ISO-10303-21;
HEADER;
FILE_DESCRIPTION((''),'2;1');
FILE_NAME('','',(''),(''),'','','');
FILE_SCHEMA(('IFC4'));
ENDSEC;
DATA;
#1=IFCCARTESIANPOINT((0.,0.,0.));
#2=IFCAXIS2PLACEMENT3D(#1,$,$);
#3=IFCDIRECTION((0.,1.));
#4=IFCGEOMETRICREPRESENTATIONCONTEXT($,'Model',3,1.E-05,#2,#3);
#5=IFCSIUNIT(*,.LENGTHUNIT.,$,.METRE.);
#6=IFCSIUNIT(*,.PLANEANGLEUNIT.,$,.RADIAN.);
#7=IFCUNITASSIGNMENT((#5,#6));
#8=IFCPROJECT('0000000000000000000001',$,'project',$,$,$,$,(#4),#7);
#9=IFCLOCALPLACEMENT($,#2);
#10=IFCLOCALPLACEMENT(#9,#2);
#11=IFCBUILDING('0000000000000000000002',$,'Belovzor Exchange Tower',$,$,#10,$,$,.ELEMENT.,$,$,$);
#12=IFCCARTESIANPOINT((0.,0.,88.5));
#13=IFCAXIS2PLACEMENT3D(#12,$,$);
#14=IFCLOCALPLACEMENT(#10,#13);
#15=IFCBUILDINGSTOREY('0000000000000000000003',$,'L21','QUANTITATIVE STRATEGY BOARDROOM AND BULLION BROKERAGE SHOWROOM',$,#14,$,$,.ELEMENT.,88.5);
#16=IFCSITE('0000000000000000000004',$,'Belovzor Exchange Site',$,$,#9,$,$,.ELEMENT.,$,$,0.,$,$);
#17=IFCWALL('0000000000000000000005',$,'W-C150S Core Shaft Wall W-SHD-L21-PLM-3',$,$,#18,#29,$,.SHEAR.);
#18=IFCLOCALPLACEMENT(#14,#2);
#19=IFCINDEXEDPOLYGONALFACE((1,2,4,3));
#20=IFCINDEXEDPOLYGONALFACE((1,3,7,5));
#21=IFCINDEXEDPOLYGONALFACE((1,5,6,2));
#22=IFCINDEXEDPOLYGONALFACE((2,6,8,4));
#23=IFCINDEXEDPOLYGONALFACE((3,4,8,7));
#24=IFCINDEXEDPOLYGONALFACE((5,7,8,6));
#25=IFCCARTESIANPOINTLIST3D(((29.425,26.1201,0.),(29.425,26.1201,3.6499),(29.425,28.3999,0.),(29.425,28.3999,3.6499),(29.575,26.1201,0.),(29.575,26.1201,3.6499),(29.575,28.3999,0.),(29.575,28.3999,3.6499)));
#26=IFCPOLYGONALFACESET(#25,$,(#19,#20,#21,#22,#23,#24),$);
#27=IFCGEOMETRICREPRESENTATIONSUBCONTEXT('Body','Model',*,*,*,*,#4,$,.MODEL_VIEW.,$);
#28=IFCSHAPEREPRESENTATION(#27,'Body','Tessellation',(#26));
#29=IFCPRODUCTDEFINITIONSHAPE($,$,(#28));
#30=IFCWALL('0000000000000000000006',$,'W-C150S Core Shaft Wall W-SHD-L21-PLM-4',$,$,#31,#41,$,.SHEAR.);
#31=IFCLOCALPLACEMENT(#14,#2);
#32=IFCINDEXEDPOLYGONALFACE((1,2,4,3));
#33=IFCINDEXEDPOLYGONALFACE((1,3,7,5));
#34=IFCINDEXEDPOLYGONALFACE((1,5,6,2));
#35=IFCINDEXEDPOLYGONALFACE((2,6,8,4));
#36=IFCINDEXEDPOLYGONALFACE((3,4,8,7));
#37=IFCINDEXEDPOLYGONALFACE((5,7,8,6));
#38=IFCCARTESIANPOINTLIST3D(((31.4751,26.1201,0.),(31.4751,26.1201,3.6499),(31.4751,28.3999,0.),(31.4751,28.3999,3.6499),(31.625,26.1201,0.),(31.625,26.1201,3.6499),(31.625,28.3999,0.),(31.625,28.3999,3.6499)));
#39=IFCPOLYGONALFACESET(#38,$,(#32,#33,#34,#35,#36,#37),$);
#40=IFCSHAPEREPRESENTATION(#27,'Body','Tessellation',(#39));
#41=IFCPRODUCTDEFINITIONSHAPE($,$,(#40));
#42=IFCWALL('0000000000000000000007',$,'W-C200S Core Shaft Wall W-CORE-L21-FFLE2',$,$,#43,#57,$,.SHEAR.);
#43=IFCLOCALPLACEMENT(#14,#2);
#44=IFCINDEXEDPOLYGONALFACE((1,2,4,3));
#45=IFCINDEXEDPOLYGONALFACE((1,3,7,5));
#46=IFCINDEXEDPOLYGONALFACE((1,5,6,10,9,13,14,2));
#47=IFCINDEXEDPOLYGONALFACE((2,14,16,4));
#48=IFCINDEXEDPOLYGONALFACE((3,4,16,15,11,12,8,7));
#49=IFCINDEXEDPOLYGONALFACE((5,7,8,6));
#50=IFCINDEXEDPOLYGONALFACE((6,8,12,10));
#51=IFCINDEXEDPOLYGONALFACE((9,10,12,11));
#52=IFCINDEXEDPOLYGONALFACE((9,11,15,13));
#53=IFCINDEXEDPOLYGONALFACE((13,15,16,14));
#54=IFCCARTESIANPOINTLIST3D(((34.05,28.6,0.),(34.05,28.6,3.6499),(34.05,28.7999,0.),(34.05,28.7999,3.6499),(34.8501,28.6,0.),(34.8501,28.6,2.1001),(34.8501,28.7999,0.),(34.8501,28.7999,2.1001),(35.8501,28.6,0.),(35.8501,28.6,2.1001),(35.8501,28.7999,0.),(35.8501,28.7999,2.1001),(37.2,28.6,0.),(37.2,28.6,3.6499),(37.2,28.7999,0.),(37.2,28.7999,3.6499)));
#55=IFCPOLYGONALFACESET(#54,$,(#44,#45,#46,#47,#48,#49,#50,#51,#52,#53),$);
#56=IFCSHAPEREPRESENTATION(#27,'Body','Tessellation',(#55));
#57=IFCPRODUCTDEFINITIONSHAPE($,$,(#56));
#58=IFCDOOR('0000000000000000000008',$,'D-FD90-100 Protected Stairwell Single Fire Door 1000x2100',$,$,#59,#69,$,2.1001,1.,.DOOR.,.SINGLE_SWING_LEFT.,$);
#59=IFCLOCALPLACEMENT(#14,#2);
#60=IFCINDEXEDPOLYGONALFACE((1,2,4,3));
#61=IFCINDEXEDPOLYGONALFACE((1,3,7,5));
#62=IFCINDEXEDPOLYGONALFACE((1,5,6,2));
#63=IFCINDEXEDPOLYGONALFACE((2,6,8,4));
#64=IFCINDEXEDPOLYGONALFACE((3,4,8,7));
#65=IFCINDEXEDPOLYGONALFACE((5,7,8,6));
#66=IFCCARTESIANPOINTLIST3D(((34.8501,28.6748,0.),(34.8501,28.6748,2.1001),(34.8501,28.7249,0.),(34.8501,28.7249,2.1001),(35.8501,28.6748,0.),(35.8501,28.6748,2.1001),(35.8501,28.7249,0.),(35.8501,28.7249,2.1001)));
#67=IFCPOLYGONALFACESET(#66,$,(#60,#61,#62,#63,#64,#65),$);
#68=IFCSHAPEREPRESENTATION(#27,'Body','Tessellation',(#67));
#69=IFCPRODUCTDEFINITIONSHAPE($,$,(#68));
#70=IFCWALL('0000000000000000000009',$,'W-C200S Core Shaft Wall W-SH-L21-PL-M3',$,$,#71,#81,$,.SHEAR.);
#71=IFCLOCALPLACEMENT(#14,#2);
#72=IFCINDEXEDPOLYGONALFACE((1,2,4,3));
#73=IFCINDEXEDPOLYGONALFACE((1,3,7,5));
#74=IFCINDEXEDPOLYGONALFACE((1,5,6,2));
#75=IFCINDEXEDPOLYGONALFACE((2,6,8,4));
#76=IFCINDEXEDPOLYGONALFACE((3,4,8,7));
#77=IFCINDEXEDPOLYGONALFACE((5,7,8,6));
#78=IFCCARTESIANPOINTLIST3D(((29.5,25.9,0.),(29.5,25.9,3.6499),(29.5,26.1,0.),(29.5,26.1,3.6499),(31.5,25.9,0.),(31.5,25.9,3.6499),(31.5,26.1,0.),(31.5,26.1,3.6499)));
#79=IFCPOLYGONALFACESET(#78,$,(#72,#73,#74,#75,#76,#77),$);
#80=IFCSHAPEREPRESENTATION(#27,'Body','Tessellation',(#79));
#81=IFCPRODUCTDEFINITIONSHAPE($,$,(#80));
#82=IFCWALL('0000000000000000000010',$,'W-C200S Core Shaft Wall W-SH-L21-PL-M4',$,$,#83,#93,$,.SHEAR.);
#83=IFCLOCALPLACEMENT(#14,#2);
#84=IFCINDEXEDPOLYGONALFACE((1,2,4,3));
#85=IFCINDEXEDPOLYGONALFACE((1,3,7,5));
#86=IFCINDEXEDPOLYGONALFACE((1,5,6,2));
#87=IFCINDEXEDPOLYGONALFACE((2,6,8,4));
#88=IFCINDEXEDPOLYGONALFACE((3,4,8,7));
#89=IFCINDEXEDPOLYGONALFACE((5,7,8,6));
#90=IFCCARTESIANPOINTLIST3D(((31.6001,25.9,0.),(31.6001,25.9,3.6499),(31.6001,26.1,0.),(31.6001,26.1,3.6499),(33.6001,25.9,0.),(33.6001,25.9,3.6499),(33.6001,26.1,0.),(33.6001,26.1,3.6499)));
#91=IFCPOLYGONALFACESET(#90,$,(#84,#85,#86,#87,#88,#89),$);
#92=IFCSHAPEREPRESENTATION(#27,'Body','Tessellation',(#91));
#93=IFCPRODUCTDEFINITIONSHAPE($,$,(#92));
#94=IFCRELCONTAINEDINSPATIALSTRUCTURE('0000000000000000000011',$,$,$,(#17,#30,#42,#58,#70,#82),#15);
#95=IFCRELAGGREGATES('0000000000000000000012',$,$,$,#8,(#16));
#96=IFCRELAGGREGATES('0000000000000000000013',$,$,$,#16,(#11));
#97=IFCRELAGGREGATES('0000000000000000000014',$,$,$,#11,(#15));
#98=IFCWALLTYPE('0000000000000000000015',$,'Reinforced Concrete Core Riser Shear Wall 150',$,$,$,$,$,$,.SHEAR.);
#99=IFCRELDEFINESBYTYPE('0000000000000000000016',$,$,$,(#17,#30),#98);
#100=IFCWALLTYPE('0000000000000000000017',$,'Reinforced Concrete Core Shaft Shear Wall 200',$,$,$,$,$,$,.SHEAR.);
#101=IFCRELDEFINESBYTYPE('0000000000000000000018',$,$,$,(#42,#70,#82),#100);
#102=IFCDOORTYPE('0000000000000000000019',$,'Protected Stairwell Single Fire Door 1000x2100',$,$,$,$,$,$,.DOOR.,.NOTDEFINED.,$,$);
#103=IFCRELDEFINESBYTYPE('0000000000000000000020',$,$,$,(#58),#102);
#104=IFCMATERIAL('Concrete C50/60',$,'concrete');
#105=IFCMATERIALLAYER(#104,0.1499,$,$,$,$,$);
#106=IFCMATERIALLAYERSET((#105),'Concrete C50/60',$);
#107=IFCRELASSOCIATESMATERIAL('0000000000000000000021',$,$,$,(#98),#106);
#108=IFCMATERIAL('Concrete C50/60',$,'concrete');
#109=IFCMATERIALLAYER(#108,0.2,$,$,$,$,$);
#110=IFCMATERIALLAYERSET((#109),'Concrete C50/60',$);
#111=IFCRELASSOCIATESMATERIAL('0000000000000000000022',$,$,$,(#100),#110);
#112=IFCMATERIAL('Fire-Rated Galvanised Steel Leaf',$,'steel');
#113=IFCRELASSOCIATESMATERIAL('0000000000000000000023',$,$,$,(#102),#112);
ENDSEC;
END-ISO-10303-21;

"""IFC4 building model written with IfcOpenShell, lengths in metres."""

from ifc_helpers import new_model, si_unit, direction, frame, frame_2d, origin, place, context, subcontext, project, spatial, rectangle, extrude, material, layer, layer_set, type_object, element, fill, save


model = new_model("IFC4")

# Units and contexts
model_context = context("Model", 3, precision=1e-05, world=origin(), true_north=direction((0.0, 1.0)))
body_context = subcontext(model_context, "Body", "Model", "MODEL_VIEW")
ifc_project = project(units=[si_unit("LENGTHUNIT", "METRE"), si_unit("PLANEANGLEUNIT", "RADIAN")], contexts=[model_context])

# Site, building, storey
site_placement = place(None, origin())
site = spatial("IfcSite", under=ifc_project, at=site_placement, Name="Belovzor Exchange Site", CompositionType="ELEMENT", RefElevation=0.0)
building_placement = place(site_placement, origin())
building = spatial("IfcBuilding", under=site, at=building_placement, Name="Belovzor Exchange Tower", CompositionType="ELEMENT")
storey_placement = place(building_placement, frame((0.0, 0.0, 88.5)))
storey = spatial("IfcBuildingStorey", under=building, at=storey_placement, Name="L21", Description="QUANTITATIVE STRATEGY BOARDROOM AND BULLION BROKERAGE SHOWROOM", CompositionType="ELEMENT", Elevation=88.5)

# Walls
ifc_material_1 = material(Name="Concrete C50/60", Category="concrete")
ifc_layer_1 = layer(ifc_material_1, 0.1499)
ifc_layer_set_1 = layer_set([ifc_layer_1], Name="Concrete C50/60")
wall_type_1 = type_object("IfcWallType", Name="Reinforced Concrete Core Riser Shear Wall 150", PredefinedType="SHEAR", material=ifc_layer_set_1)
for number, where, z_axis, x_axis, name in (
    (1, (29.5, 26.1201, 0.0), (0.0, 0.0, 1.0), (0.0, 1.0, 0.0), "W-C150S Core Shaft Wall W-SHD-L21-PLM-3"),
    (2, (31.55, 26.1201, 0.0), (0.0, 0.0, 1.0), (0.0, 1.0, 0.0), "W-C150S Core Shaft Wall W-SHD-L21-PLM-4"),
):
    element("IfcWall", number, at=place(storey_placement, frame(where, z_axis=z_axis, x_axis=x_axis)), inside=storey, type_object=wall_type_1, Name=name, PredefinedType="SHEAR", context=body_context, shape_type="SweptSolid", body=[
        extrude(rectangle(XDim=2.2798, YDim=0.1499, at=frame_2d((1.1399, 0.0))), origin(), (0.0, 0.0, 1.0), 3.6499),
    ])

# Wall, opening, door
ifc_material_2 = material(Name="Concrete C50/60", Category="concrete")
ifc_layer_2 = layer(ifc_material_2, 0.2)
ifc_layer_set_2 = layer_set([ifc_layer_2], Name="Concrete C50/60")
wall_type_2 = type_object("IfcWallType", Name="Reinforced Concrete Core Shaft Shear Wall 200", PredefinedType="SHEAR", material=ifc_layer_set_2)
wall_1_placement = place(storey_placement, frame((34.05, 28.7, 0.0), z_axis=(0.0, 0.0, 1.0), x_axis=(1.0, 0.0, 0.0)))
wall_1 = element("IfcWall", 3, at=wall_1_placement, inside=storey, type_object=wall_type_2, Name="W-C200S Core Shaft Wall W-CORE-L21-FFLE2", PredefinedType="SHEAR", context=body_context, shape_type="SweptSolid", body=[
    extrude(rectangle(XDim=3.1499, YDim=0.2, at=frame_2d((1.575, 0.0))), origin(), (0.0, 0.0, 1.0), 3.6499),
])
opening_1_placement = place(wall_1_placement, frame((0.8, 0.0, 0.0)))
opening_1 = element("IfcOpeningElement", 4, at=opening_1_placement, cuts=wall_1, PredefinedType="OPENING", context=body_context, shape_type="SweptSolid", body=[
    extrude(rectangle(XDim=1.0, YDim=2.1001, at=frame_2d((0.5, 1.05))), frame((0.0, 0.1099, 0.0), z_axis=(0.0, -1.0, 0.0), x_axis=(1.0, 0.0, 0.0)), (0.0, 0.0, 1.0), 0.22),
])
ifc_material_3 = material(Name="Fire-Rated Galvanised Steel Leaf", Category="steel")
door_type_1 = type_object("IfcDoorType", Name="Protected Stairwell Single Fire Door 1000x2100", OperationType="NOTDEFINED", PredefinedType="DOOR", material=ifc_material_3)
door_1_placement = place(opening_1_placement, origin())
door_1 = element("IfcDoor", 5, at=door_1_placement, inside=storey, type_object=door_type_1, Name="D-FD90-100 Protected Stairwell Single Fire Door 1000x2100", OperationType="SINGLE_SWING_LEFT", OverallHeight=2.1001, OverallWidth=1.0, PredefinedType="DOOR", context=body_context, shape_type="SweptSolid", body=[
    extrude(rectangle(XDim=1.0, YDim=2.1001, at=frame_2d((0.5, 1.05))), frame((0.0, 0.0249, 0.0), z_axis=(0.0, -1.0, 0.0), x_axis=(1.0, 0.0, 0.0)), (0.0, 0.0, 1.0), 0.05),
])
fill(opening_1, door_1)

# Walls
for number, where, z_axis, x_axis, name in (
    (6, (29.5, 26.0, 0.0), (0.0, 0.0, 1.0), (1.0, 0.0, 0.0), "W-C200S Core Shaft Wall W-SH-L21-PL-M3"),
    (7, (31.6001, 26.0, 0.0), (0.0, 0.0, 1.0), (1.0, 0.0, 0.0), "W-C200S Core Shaft Wall W-SH-L21-PL-M4"),
):
    element("IfcWall", number, at=place(storey_placement, frame(where, z_axis=z_axis, x_axis=x_axis)), inside=storey, type_object=wall_type_2, Name=name, PredefinedType="SHEAR", context=body_context, shape_type="SweptSolid", body=[
        extrude(rectangle(XDim=2.0, YDim=0.2, at=frame_2d((1.0, 0.0))), origin(), (0.0, 0.0, 1.0), 3.6499),
    ])

save(model, "model.ifc")
